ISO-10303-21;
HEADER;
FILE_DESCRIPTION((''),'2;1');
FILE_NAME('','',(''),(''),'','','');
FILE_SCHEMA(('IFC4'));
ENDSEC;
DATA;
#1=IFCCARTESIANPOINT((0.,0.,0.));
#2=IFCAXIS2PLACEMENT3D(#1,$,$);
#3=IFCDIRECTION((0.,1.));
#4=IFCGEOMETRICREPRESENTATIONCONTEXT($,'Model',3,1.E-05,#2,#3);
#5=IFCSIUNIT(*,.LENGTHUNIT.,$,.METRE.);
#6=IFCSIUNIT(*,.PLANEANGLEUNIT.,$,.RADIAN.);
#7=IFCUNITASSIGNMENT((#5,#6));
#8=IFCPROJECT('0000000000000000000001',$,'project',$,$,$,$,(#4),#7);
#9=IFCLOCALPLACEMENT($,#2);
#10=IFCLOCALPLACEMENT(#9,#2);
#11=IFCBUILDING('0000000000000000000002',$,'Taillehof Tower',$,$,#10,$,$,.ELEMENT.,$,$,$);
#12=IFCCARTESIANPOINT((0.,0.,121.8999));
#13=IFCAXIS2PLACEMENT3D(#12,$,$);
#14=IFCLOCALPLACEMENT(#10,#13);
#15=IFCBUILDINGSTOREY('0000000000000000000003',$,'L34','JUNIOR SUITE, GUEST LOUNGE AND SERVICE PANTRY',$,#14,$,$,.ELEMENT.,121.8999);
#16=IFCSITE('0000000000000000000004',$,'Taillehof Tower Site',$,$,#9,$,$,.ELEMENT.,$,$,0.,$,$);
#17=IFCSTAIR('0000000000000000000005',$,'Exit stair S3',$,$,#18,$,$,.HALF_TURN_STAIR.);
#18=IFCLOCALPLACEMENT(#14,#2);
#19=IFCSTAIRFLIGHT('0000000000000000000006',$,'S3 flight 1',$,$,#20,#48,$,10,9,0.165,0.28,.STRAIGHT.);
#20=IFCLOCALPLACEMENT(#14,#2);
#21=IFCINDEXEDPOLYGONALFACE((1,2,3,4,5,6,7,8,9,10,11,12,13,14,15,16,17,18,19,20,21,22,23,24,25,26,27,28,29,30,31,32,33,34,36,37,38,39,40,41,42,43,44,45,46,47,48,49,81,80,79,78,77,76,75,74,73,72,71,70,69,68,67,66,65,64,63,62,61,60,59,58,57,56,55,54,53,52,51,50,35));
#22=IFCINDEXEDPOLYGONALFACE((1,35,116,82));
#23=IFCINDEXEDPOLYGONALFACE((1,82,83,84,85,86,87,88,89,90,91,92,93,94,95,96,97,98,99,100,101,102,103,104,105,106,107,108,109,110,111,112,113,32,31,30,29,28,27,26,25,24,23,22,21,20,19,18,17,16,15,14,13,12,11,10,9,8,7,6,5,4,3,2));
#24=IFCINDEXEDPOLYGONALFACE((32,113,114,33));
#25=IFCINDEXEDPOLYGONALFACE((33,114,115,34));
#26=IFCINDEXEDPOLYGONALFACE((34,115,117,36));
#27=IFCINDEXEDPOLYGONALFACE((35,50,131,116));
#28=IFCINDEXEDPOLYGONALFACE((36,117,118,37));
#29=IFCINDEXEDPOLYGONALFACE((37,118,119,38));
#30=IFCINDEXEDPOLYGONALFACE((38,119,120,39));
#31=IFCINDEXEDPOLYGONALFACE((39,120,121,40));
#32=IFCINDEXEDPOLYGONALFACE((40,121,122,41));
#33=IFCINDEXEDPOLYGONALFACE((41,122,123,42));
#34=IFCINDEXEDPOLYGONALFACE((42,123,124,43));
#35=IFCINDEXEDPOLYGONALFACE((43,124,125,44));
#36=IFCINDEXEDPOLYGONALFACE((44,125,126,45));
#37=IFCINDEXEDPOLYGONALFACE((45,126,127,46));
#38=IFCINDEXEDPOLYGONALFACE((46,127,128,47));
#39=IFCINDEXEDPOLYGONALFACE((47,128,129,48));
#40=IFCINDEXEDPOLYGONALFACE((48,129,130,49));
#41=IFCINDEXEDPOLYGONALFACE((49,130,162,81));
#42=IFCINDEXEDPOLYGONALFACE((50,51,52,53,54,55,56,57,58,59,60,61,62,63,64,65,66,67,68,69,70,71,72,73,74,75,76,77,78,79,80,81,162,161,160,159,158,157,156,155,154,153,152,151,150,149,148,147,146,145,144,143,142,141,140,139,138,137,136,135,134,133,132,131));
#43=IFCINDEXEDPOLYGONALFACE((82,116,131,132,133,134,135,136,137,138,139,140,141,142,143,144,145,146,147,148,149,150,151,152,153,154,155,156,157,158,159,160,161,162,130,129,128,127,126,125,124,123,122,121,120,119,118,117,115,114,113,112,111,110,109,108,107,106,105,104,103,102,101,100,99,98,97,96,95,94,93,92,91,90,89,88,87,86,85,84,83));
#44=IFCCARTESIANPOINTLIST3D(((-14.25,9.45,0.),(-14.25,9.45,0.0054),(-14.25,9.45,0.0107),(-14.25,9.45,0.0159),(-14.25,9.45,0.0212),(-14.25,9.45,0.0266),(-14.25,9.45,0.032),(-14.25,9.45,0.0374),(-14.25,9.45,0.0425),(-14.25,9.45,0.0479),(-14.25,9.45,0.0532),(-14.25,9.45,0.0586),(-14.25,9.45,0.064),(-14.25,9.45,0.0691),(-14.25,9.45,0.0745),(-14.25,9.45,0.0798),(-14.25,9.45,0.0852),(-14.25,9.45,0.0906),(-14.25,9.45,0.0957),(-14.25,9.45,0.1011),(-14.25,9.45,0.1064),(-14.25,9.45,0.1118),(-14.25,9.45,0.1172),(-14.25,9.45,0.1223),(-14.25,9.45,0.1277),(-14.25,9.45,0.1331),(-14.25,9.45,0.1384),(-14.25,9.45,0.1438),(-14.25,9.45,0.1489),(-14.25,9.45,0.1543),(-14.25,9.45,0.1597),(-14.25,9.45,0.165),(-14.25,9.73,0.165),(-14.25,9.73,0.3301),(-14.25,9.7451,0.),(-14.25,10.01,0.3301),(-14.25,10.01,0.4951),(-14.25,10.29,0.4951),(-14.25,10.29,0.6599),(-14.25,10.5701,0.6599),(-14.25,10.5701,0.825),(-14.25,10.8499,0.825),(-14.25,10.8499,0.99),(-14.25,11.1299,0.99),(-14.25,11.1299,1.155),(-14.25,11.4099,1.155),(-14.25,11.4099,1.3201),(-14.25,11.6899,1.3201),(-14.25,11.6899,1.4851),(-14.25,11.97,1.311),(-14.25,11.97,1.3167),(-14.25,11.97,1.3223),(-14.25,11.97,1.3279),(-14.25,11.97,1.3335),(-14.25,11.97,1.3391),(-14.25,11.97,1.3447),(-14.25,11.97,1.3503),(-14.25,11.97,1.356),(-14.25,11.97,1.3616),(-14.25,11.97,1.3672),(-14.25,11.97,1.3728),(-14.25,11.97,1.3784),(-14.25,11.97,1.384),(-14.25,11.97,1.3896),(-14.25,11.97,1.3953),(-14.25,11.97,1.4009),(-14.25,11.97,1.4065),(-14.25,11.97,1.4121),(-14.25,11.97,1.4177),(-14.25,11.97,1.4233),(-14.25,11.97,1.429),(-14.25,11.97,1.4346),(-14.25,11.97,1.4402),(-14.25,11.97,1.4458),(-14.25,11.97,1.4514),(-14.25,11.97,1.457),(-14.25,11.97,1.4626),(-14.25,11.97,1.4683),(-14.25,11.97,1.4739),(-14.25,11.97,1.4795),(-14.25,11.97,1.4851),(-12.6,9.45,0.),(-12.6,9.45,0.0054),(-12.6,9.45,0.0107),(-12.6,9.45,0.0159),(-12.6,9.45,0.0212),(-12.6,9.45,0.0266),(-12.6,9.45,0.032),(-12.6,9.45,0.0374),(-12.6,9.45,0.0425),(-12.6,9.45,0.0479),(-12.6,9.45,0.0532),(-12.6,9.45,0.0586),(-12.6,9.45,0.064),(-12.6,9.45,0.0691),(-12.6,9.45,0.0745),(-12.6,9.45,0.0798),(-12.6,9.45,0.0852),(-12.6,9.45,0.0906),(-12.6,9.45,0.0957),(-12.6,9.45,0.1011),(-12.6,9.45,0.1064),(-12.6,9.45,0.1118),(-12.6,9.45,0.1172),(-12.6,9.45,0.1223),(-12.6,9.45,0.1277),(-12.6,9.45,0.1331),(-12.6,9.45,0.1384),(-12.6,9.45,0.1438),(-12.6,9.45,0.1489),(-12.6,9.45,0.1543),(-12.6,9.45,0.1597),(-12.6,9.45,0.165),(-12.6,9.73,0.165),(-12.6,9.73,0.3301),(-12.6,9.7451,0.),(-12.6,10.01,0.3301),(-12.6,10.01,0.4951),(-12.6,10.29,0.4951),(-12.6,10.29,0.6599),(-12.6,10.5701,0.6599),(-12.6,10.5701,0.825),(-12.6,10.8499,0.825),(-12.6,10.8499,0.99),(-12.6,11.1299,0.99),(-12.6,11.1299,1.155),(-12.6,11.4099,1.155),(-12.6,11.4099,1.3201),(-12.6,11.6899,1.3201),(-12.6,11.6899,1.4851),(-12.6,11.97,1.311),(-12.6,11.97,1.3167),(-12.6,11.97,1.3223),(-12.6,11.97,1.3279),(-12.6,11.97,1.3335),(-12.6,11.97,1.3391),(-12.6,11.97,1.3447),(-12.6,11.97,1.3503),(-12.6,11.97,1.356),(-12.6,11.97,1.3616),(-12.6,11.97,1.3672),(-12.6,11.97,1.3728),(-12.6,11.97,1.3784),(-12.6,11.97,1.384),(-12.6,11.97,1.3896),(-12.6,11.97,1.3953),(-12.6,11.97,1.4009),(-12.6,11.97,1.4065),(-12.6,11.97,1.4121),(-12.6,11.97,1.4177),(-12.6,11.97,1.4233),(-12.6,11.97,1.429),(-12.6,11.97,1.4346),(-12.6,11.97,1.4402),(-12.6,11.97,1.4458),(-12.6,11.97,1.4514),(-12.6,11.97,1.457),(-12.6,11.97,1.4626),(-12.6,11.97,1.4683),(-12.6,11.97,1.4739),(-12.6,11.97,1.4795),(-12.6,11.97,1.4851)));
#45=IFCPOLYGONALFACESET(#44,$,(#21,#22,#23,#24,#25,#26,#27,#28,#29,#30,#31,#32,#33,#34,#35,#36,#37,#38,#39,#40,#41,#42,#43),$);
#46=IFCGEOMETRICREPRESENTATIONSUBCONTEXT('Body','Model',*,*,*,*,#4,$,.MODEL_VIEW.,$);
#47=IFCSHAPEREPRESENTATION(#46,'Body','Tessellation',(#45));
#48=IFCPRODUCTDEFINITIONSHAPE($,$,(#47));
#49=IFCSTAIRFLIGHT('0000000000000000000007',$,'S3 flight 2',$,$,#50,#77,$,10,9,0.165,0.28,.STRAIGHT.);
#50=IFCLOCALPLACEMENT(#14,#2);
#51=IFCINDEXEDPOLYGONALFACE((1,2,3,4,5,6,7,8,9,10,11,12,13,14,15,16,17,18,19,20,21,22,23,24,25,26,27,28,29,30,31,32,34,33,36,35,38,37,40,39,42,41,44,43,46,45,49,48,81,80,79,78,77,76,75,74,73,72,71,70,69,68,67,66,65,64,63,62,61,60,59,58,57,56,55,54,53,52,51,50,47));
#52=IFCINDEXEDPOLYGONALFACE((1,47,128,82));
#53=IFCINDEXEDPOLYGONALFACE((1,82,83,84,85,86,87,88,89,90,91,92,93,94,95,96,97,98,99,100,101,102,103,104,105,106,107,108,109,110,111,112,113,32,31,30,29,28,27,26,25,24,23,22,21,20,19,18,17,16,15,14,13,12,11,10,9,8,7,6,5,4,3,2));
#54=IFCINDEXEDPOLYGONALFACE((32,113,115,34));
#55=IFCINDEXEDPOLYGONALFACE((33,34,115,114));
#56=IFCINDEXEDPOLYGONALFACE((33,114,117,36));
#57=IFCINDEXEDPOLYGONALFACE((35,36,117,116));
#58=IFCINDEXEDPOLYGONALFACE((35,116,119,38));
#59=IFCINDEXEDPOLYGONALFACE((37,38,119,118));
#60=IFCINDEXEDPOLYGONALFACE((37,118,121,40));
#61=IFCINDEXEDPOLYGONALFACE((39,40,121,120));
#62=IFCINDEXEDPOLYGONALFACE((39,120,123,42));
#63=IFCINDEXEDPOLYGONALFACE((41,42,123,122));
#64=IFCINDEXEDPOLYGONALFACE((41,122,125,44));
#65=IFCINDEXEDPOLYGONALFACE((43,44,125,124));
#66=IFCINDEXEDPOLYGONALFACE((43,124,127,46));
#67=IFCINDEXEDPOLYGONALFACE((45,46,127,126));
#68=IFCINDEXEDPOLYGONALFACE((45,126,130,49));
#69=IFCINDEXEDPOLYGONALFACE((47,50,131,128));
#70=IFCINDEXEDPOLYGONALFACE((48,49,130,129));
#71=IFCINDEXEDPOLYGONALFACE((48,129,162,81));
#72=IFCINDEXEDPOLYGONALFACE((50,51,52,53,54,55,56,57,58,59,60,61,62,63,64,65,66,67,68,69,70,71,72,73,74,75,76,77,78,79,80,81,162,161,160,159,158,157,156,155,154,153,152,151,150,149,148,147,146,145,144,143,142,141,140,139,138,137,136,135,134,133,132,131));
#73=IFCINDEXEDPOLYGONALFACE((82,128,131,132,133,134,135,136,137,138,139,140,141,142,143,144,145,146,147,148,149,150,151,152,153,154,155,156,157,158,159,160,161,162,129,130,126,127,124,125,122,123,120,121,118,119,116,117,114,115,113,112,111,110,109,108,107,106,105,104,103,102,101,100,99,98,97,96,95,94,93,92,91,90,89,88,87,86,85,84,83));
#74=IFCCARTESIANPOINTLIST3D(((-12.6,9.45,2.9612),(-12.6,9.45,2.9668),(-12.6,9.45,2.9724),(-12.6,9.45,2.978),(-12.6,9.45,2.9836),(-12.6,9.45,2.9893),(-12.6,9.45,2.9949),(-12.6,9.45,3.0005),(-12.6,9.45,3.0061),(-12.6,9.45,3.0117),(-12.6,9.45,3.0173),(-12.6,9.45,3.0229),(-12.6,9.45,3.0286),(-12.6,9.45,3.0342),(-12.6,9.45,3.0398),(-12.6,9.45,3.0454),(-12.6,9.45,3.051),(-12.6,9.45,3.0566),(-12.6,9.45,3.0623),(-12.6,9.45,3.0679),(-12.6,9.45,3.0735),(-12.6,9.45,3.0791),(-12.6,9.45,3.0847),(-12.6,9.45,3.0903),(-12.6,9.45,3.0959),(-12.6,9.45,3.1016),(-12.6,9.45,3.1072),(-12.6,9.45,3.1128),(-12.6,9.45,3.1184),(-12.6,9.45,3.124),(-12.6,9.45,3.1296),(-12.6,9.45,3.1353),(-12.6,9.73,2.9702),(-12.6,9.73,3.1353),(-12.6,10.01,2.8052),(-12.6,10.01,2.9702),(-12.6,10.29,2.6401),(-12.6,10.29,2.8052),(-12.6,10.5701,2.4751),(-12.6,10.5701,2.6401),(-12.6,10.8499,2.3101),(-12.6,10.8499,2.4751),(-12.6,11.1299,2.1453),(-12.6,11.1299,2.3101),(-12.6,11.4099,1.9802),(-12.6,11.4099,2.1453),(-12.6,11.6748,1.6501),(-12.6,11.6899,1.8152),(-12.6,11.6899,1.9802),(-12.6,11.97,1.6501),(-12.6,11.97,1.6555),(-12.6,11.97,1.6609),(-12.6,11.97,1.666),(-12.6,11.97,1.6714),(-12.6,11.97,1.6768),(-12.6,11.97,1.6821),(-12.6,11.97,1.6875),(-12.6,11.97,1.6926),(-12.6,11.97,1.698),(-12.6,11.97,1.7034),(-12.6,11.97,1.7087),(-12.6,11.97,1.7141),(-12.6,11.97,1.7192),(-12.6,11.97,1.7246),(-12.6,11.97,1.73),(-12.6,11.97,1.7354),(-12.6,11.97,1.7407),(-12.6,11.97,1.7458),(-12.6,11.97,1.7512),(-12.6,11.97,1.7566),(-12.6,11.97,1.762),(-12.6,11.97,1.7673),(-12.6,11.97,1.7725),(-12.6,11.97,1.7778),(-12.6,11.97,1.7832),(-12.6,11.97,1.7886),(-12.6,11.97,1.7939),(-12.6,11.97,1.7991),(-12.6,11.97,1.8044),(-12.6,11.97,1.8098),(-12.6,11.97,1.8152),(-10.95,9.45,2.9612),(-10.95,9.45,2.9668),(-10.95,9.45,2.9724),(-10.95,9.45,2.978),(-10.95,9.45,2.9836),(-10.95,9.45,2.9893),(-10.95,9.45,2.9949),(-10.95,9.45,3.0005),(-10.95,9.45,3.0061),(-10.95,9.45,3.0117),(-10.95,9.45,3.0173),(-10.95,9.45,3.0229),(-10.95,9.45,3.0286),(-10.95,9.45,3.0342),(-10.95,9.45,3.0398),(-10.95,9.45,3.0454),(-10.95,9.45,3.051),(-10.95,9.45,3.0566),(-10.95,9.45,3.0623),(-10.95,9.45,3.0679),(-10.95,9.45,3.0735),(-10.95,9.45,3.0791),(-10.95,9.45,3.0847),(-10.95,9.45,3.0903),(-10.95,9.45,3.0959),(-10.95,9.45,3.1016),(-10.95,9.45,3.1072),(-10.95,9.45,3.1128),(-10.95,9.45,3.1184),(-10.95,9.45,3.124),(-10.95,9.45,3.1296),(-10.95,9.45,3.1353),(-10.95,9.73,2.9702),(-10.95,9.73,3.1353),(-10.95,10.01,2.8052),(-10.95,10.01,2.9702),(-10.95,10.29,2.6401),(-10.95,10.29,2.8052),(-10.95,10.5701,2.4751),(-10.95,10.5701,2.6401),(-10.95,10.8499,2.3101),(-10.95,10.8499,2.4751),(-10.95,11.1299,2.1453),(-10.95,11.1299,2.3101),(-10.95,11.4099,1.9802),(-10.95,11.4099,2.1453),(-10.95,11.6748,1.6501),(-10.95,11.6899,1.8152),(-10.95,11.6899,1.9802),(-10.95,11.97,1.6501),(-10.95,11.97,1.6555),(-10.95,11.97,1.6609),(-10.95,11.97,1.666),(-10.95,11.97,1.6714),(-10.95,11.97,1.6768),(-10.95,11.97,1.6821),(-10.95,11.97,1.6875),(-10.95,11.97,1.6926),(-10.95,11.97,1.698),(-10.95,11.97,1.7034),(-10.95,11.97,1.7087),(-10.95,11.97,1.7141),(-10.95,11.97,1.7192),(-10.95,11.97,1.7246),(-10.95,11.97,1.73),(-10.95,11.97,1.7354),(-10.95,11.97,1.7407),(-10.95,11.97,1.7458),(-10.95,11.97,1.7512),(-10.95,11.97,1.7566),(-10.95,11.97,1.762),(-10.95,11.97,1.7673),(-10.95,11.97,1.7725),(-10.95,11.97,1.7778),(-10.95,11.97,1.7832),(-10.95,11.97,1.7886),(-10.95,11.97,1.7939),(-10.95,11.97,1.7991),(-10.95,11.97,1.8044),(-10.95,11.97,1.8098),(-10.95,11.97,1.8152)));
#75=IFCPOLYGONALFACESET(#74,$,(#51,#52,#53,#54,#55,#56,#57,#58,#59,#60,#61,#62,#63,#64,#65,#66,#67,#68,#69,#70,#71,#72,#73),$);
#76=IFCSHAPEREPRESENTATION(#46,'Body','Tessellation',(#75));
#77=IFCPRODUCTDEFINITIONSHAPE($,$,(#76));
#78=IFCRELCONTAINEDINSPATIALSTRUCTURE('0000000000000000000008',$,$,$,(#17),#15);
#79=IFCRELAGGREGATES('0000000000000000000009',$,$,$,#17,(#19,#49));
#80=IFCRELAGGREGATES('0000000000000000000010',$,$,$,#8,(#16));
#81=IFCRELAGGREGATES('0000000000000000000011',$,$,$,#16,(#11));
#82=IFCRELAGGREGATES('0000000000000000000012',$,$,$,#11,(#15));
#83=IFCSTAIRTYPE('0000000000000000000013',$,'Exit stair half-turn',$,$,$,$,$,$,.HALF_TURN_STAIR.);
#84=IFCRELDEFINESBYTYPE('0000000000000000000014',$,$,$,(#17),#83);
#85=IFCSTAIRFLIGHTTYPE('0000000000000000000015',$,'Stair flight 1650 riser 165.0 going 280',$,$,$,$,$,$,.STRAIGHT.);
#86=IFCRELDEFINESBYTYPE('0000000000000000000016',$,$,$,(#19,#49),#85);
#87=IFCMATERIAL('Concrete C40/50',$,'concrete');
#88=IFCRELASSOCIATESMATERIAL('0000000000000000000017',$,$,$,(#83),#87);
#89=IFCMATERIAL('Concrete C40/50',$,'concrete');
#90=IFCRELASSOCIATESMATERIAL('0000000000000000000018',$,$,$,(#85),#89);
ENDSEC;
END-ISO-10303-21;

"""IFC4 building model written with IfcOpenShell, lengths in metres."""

from ifc_helpers import new_model, si_unit, direction, frame, origin, place, context, subcontext, project, spatial, polyline, outline, extrude, material, type_object, element, aggregate, save


model = new_model("IFC4")

# Units and contexts
model_context = context("Model", 3, precision=1e-05, world=origin(), true_north=direction((0.0, 1.0)))
body_context = subcontext(model_context, "Body", "Model", "MODEL_VIEW")
ifc_project = project(units=[si_unit("LENGTHUNIT", "METRE"), si_unit("PLANEANGLEUNIT", "RADIAN")], contexts=[model_context])

# Site, building, storey
site_placement = place(None, origin())
site = spatial("IfcSite", under=ifc_project, at=site_placement, Name="Taillehof Tower Site", CompositionType="ELEMENT", RefElevation=0.0)
building_placement = place(site_placement, origin())
building = spatial("IfcBuilding", under=site, at=building_placement, Name="Taillehof Tower", CompositionType="ELEMENT")
storey_placement = place(building_placement, frame((0.0, 0.0, 121.8999)))
storey = spatial("IfcBuildingStorey", under=building, at=storey_placement, Name="L34", Description="JUNIOR SUITE, GUEST LOUNGE AND SERVICE PANTRY", CompositionType="ELEMENT", Elevation=121.8999)

# Stair, stair flights
ifc_material_1 = material(Name="Concrete C40/50", Category="concrete")
stair_type = type_object("IfcStairType", Name="Exit stair half-turn", PredefinedType="HALF_TURN_STAIR", material=ifc_material_1)
stair_placement = place(storey_placement, origin())
stair = element("IfcStair", 1, at=stair_placement, inside=storey, type_object=stair_type, Name="Exit stair S3", PredefinedType="HALF_TURN_STAIR")
ifc_material_2 = material(Name="Concrete C40/50", Category="concrete")
stair_flight_type = type_object("IfcStairFlightType", Name="Stair flight 1650 riser 165.0 going 280", PredefinedType="STRAIGHT", material=ifc_material_2)
stair_flight_1_placement = place(storey_placement, frame((-13.425, 9.45, 0.0), z_axis=(0.0, 0.0, 1.0), x_axis=(0.0, 1.0, 0.0)))
stair_flight_1 = element("IfcStairFlight", 2, at=stair_flight_1_placement, type_object=stair_flight_type, Name="S3 flight 1", NumberOfRisers=10, NumberOfTreads=9, PredefinedType="STRAIGHT", RiserHeight=0.165, TreadLength=0.28, context=body_context, shape_type="SweptSolid", body=[
    extrude(outline(polyline([(0.0, 0.0), (0.0, 0.0054), (0.0, 0.0107), (0.0, 0.0159), (0.0, 0.0212), (0.0, 0.0266), (0.0, 0.032), (0.0, 0.0374), (0.0, 0.0425), (0.0, 0.0479), (0.0, 0.0532), (0.0, 0.0586), (0.0, 0.064), (0.0, 0.0691), (0.0, 0.0745), (0.0, 0.0798), (0.0, 0.0852), (0.0, 0.0906), (0.0, 0.0957), (0.0, 0.1011), (0.0, 0.1064), (0.0, 0.1118), (0.0, 0.1172), (0.0, 0.1223), (0.0, 0.1277), (0.0, 0.1331), (0.0, 0.1384), (0.0, 0.1438), (0.0, 0.1489), (0.0, 0.1543), (0.0, 0.1597), (0.0, 0.165), (0.28, 0.165), (0.28, 0.3301), (0.5601, 0.3301), (0.5601, 0.4951), (0.8401, 0.4951), (0.8401, 0.6599), (1.1201, 0.6599), (1.1201, 0.825), (1.3999, 0.825), (1.3999, 0.99), (1.6799, 0.99), (1.6799, 1.155), (1.96, 1.155), (1.96, 1.3201), (2.24, 1.3201), (2.24, 1.4851), (2.52, 1.4851), (2.52, 1.4795), (2.52, 1.4739), (2.52, 1.4683), (2.52, 1.4626), (2.52, 1.457), (2.52, 1.4514), (2.52, 1.4458), (2.52, 1.4402), (2.52, 1.4346), (2.52, 1.429), (2.52, 1.4233), (2.52, 1.4177), (2.52, 1.4121), (2.52, 1.4065), (2.52, 1.4009), (2.52, 1.3953), (2.52, 1.3896), (2.52, 1.384), (2.52, 1.3784), (2.52, 1.3728), (2.52, 1.3672), (2.52, 1.3616), (2.52, 1.356), (2.52, 1.3503), (2.52, 1.3447), (2.52, 1.3391), (2.52, 1.3335), (2.52, 1.3279), (2.52, 1.3223), (2.52, 1.3167), (2.52, 1.311), (0.2952, 0.0), (0.0, 0.0)])), frame((0.0, 0.825, 0.0), z_axis=(0.0, -1.0, 0.0), x_axis=(1.0, 0.0, 0.0)), (0.0, 0.0, 1.0), 1.65),
])
stair_flight_2_placement = place(storey_placement, frame((-11.7749, 11.97, 1.6501), z_axis=(0.0, 0.0, 1.0), x_axis=(0.0, -1.0, 0.0)))
stair_flight_2 = element("IfcStairFlight", 3, at=stair_flight_2_placement, type_object=stair_flight_type, Name="S3 flight 2", NumberOfRisers=10, NumberOfTreads=9, PredefinedType="STRAIGHT", RiserHeight=0.165, TreadLength=0.28, context=body_context, shape_type="SweptSolid", body=[
    extrude(outline(polyline([(0.0, 0.0), (0.0, 0.0054), (0.0, 0.0107), (0.0, 0.0159), (0.0, 0.0212), (0.0, 0.0266), (0.0, 0.032), (0.0, 0.0374), (0.0, 0.0425), (0.0, 0.0479), (0.0, 0.0532), (0.0, 0.0586), (0.0, 0.064), (0.0, 0.0691), (0.0, 0.0745), (0.0, 0.0798), (0.0, 0.0852), (0.0, 0.0906), (0.0, 0.0957), (0.0, 0.1011), (0.0, 0.1064), (0.0, 0.1118), (0.0, 0.1172), (0.0, 0.1223), (0.0, 0.1277), (0.0, 0.1331), (0.0, 0.1384), (0.0, 0.1438), (0.0, 0.1489), (0.0, 0.1543), (0.0, 0.1597), (0.0, 0.165), (0.28, 0.165), (0.28, 0.3301), (0.5601, 0.3301), (0.5601, 0.4951), (0.8401, 0.4951), (0.8401, 0.6599), (1.1201, 0.6599), (1.1201, 0.825), (1.3999, 0.825), (1.3999, 0.99), (1.6799, 0.99), (1.6799, 1.155), (1.96, 1.155), (1.96, 1.3201), (2.24, 1.3201), (2.24, 1.4851), (2.52, 1.4851), (2.52, 1.4795), (2.52, 1.4739), (2.52, 1.4683), (2.52, 1.4626), (2.52, 1.457), (2.52, 1.4514), (2.52, 1.4458), (2.52, 1.4402), (2.52, 1.4346), (2.52, 1.429), (2.52, 1.4233), (2.52, 1.4177), (2.52, 1.4121), (2.52, 1.4065), (2.52, 1.4009), (2.52, 1.3953), (2.52, 1.3896), (2.52, 1.384), (2.52, 1.3784), (2.52, 1.3728), (2.52, 1.3672), (2.52, 1.3616), (2.52, 1.356), (2.52, 1.3503), (2.52, 1.3447), (2.52, 1.3391), (2.52, 1.3335), (2.52, 1.3279), (2.52, 1.3223), (2.52, 1.3167), (2.52, 1.311), (0.2952, 0.0), (0.0, 0.0)])), frame((0.0, 0.825, 0.0), z_axis=(0.0, -1.0, 0.0), x_axis=(1.0, 0.0, 0.0)), (0.0, 0.0, 1.0), 1.65),
])
aggregate(stair, [stair_flight_1, stair_flight_2])

save(model, "model.ifc")
